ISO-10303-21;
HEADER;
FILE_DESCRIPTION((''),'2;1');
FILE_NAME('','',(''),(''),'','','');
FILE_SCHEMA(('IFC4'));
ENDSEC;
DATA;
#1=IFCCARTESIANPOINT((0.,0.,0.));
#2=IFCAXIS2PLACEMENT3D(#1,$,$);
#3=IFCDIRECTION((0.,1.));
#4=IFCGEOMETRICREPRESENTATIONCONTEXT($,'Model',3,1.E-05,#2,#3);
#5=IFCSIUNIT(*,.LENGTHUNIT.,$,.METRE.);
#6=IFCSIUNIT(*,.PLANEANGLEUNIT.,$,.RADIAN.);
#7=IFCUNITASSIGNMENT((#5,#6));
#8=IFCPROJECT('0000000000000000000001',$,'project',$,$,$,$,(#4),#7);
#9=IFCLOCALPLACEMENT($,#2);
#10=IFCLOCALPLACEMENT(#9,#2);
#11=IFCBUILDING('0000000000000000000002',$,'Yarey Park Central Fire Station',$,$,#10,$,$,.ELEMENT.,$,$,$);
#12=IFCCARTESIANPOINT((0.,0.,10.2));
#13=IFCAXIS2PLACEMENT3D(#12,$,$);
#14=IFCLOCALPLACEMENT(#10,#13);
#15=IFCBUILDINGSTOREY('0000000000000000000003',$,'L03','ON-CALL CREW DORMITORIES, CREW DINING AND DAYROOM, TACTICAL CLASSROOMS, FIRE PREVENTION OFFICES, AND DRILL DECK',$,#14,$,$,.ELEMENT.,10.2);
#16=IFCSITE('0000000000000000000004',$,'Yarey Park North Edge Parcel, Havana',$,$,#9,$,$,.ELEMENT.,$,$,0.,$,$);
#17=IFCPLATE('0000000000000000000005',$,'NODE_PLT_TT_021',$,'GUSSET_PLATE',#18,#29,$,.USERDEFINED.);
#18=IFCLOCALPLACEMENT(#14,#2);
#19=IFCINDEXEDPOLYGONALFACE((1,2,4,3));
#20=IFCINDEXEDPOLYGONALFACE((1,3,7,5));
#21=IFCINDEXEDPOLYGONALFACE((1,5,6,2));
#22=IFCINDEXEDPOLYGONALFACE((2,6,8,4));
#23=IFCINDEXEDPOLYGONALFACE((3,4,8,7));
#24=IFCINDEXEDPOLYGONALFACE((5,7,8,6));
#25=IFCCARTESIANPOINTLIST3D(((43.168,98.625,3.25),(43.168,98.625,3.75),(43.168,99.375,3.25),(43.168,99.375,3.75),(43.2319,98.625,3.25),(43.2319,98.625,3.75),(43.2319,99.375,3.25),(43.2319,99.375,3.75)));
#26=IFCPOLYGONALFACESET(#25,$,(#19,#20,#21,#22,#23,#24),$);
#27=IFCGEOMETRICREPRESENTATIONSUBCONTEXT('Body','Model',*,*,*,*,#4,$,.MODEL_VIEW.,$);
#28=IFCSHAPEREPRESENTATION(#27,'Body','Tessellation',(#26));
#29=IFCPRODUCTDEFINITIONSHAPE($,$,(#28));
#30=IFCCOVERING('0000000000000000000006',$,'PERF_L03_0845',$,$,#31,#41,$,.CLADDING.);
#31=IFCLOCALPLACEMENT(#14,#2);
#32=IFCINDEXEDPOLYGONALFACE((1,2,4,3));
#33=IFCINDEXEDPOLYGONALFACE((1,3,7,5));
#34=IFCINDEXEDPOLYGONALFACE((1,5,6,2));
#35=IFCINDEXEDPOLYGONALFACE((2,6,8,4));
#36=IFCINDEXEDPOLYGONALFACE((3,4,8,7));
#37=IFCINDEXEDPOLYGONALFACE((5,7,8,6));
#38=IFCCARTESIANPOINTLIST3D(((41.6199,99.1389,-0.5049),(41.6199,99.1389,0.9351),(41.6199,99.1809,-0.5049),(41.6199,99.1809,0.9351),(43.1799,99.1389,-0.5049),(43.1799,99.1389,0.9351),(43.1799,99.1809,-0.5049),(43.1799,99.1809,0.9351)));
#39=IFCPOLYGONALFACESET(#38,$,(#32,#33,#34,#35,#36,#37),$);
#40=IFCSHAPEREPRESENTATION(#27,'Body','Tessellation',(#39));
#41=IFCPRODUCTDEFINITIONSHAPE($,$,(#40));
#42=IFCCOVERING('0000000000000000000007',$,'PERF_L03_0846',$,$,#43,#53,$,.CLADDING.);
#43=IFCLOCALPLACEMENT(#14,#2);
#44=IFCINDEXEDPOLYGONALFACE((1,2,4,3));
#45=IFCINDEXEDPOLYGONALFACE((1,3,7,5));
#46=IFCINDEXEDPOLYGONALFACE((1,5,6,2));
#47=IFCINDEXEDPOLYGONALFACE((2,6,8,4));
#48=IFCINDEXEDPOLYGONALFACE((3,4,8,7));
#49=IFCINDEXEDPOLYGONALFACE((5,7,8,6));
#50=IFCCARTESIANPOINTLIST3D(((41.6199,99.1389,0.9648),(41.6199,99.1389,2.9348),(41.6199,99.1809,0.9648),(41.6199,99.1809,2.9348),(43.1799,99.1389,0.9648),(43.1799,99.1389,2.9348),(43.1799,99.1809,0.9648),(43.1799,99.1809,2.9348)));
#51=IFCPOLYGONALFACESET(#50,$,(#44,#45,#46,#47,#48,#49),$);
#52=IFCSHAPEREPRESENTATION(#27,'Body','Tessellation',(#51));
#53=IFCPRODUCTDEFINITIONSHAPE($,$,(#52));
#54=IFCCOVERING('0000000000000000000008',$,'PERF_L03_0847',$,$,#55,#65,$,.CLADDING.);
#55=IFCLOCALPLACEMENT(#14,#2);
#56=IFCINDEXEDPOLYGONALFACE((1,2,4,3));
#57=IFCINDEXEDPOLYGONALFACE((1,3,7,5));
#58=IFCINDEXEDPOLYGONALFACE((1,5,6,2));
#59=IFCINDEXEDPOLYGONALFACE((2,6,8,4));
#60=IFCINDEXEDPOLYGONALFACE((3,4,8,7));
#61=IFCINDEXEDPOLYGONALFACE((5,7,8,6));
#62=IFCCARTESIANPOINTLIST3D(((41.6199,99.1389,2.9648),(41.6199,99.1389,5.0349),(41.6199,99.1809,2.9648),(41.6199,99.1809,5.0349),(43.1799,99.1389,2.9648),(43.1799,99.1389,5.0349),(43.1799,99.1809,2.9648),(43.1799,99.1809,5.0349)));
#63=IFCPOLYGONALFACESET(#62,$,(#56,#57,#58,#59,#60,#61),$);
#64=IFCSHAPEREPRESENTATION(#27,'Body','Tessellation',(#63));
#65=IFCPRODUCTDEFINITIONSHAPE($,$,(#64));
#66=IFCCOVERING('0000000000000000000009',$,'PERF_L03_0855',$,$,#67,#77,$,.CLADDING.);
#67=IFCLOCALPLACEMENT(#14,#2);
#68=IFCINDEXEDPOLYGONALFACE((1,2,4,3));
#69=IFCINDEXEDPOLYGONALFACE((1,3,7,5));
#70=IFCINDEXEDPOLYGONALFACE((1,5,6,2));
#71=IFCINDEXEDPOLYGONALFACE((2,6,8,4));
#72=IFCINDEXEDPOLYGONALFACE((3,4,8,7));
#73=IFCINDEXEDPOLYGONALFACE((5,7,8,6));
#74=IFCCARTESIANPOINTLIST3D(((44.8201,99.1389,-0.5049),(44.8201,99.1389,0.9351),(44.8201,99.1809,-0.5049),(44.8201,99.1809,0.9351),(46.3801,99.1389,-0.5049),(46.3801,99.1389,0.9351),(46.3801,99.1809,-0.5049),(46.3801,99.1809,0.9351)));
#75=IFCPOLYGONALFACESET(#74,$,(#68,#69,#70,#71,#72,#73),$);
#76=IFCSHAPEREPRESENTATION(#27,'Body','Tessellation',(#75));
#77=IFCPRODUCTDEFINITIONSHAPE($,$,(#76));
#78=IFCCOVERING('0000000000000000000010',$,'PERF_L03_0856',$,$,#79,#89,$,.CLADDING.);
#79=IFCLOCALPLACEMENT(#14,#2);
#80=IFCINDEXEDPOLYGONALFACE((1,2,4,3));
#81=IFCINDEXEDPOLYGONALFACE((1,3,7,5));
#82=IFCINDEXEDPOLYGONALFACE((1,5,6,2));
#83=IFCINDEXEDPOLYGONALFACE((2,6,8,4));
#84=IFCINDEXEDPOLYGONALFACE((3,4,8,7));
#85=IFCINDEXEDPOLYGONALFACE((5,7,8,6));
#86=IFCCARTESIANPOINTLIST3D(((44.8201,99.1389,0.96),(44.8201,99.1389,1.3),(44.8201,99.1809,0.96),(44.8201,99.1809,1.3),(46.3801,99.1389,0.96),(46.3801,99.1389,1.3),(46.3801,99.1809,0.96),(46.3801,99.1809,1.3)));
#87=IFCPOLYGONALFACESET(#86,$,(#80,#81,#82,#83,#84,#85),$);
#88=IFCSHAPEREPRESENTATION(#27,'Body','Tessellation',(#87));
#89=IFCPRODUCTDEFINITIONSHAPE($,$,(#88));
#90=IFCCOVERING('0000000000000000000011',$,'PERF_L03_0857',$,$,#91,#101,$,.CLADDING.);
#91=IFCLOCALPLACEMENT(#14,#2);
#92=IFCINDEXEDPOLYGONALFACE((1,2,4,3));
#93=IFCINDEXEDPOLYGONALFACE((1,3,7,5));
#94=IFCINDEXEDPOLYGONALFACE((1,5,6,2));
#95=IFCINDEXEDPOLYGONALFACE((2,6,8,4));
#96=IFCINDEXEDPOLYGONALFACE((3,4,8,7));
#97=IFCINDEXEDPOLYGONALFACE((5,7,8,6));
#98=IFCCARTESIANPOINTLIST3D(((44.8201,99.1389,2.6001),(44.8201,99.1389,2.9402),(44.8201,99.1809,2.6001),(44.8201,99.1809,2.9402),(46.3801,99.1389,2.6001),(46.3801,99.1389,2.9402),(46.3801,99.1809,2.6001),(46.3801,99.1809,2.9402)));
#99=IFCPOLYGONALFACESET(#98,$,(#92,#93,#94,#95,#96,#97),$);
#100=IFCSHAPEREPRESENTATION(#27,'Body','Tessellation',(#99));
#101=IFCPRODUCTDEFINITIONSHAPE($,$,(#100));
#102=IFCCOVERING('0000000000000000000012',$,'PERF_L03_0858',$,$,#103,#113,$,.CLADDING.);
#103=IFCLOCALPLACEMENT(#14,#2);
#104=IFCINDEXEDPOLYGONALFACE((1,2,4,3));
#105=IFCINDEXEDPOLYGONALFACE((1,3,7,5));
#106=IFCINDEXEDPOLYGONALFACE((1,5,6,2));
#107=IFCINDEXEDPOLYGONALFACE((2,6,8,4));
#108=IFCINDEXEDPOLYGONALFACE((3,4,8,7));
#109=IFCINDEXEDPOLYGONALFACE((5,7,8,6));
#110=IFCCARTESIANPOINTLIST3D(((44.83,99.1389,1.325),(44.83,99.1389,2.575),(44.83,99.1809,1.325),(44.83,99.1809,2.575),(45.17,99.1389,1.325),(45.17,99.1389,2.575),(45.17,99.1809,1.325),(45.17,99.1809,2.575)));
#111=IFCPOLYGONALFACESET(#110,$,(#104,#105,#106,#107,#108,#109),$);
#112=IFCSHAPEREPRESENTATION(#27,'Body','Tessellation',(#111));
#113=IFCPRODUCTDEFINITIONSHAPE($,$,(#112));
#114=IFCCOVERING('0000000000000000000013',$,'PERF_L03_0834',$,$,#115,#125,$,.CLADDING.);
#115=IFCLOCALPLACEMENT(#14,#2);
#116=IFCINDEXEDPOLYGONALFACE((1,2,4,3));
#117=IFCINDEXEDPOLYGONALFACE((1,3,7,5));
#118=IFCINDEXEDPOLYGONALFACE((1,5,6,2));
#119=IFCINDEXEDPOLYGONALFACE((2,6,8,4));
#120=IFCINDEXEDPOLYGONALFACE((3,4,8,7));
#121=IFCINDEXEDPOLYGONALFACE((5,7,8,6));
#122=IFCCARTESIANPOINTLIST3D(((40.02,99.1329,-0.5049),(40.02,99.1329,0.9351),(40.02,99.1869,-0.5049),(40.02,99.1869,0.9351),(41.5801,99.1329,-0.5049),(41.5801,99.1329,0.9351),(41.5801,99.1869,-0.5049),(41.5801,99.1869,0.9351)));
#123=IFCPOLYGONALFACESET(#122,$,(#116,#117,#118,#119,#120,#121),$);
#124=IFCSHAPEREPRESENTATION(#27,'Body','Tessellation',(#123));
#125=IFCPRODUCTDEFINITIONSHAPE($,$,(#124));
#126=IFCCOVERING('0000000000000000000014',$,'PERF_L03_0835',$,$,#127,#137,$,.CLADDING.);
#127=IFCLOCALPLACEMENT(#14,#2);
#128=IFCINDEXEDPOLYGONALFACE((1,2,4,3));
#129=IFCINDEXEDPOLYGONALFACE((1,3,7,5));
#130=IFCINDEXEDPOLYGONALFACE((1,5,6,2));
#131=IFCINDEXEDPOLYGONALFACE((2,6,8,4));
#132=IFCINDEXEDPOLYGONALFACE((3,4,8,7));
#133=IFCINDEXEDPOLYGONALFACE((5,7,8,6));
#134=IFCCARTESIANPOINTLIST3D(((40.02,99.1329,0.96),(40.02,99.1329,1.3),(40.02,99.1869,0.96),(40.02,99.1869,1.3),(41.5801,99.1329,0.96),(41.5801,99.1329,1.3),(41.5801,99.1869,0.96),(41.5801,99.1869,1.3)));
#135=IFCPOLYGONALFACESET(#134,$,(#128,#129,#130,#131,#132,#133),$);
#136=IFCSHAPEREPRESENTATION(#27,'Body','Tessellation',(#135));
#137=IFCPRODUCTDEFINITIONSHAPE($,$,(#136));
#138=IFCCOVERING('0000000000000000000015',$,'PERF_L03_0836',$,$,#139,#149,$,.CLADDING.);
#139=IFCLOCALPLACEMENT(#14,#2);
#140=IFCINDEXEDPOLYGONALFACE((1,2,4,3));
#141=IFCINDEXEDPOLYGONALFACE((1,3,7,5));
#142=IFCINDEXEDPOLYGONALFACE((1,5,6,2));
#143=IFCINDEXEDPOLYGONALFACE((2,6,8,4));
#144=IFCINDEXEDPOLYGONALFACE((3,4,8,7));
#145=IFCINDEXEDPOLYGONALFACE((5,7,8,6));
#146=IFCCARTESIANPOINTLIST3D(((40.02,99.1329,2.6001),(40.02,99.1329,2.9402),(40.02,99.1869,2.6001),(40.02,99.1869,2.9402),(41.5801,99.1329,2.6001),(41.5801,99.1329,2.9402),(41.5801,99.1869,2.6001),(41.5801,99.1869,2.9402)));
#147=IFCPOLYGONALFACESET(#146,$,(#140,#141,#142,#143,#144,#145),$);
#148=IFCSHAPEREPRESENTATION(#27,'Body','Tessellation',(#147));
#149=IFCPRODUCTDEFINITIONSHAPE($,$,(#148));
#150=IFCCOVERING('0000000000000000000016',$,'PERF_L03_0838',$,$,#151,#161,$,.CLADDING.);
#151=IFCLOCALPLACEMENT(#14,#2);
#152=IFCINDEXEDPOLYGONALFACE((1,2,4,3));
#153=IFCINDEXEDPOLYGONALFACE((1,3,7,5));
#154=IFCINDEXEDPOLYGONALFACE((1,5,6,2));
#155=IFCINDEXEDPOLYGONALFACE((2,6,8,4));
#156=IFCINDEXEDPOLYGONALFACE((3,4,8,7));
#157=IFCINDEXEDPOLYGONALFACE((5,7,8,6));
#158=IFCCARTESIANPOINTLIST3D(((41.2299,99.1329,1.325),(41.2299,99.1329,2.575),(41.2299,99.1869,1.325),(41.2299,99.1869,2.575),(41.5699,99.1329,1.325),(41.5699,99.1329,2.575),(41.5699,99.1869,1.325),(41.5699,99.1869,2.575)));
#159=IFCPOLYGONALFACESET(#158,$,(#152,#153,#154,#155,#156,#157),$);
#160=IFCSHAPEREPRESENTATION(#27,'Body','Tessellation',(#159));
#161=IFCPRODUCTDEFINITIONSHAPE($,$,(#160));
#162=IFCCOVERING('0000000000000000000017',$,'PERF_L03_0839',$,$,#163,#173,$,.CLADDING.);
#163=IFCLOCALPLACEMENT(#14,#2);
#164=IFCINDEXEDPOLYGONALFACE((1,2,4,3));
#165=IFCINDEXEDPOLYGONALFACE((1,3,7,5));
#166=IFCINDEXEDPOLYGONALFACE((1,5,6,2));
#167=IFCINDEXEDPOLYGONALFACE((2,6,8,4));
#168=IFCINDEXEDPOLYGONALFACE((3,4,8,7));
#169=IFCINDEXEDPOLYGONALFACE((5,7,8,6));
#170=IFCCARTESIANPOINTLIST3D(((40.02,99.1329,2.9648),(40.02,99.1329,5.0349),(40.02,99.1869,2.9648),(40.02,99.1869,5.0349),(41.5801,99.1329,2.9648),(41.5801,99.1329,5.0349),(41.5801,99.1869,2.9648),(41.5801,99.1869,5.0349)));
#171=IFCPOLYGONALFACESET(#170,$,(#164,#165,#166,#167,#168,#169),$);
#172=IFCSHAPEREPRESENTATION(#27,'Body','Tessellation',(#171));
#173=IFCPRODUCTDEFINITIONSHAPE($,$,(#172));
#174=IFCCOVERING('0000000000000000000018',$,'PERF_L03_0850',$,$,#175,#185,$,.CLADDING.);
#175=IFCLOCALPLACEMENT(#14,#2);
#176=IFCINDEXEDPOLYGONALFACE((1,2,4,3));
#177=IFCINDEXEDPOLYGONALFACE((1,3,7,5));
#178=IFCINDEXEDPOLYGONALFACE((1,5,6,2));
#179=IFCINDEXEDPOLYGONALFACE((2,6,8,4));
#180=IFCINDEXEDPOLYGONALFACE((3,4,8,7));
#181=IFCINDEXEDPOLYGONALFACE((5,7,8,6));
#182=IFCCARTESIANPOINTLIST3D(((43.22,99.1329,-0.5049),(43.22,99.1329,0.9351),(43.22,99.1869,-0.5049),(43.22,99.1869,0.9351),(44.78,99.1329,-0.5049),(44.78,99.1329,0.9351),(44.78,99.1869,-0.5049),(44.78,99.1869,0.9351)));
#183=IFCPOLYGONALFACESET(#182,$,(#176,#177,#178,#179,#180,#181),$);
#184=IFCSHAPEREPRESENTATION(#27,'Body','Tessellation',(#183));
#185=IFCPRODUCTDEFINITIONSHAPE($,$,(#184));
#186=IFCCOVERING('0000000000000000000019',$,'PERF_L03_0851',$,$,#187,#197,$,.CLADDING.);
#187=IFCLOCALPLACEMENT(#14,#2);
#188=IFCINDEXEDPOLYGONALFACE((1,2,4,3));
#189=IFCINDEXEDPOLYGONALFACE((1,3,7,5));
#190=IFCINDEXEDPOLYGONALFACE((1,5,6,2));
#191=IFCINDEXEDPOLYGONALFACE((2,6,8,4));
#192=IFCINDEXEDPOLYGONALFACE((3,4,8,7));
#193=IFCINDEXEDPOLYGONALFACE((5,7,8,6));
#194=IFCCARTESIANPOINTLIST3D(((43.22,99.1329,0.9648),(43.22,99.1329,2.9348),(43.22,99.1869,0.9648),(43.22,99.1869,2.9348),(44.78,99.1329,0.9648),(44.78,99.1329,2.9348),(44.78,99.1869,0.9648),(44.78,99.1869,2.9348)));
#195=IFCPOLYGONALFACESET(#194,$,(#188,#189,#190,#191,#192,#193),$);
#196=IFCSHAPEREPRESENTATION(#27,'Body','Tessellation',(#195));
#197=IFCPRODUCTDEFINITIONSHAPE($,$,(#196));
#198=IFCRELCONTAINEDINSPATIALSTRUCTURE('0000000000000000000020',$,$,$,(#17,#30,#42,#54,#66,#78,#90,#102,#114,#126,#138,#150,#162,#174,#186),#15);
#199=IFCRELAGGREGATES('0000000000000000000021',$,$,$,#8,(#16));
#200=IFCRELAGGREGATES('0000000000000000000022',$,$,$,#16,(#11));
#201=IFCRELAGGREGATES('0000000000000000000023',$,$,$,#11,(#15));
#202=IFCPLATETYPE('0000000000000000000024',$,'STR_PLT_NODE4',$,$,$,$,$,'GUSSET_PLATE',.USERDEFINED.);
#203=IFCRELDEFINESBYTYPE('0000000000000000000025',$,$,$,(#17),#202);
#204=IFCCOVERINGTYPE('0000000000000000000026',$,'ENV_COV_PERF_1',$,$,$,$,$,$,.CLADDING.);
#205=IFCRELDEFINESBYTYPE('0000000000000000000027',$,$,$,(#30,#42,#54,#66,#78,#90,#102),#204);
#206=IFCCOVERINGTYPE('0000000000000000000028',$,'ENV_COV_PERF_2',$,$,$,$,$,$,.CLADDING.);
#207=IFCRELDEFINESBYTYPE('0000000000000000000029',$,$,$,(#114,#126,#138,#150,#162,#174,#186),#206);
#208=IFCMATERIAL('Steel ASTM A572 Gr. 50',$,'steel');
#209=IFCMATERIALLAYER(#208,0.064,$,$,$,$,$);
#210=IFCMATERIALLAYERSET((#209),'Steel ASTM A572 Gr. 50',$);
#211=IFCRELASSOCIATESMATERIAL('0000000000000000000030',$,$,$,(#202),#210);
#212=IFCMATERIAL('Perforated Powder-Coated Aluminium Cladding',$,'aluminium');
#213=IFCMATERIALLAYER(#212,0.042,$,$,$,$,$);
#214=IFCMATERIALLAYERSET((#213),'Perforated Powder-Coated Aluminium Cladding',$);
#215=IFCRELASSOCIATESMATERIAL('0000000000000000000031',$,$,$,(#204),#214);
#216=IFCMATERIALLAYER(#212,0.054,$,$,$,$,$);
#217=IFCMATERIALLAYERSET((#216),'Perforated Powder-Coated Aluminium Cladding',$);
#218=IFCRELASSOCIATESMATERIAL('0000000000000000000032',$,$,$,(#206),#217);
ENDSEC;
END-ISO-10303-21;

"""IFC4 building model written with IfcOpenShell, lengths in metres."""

from ifc_helpers import new_model, si_unit, direction, frame, origin, origin_2d, place, context, subcontext, project, spatial, rectangle, extrude, material, layer, layer_set, type_object, element, save


model = new_model("IFC4")

# Units and contexts
model_context = context("Model", 3, precision=1e-05, world=origin(), true_north=direction((0.0, 1.0)))
body_context = subcontext(model_context, "Body", "Model", "MODEL_VIEW")
ifc_project = project(units=[si_unit("LENGTHUNIT", "METRE"), si_unit("PLANEANGLEUNIT", "RADIAN")], contexts=[model_context])

# Site, building, storey
site_placement = place(None, origin())
site = spatial("IfcSite", under=ifc_project, at=site_placement, Name="Yarey Park North Edge Parcel, Havana", CompositionType="ELEMENT", RefElevation=0.0)
building_placement = place(site_placement, origin())
building = spatial("IfcBuilding", under=site, at=building_placement, Name="Yarey Park Central Fire Station", CompositionType="ELEMENT")
storey_placement = place(building_placement, frame((0.0, 0.0, 10.2)))
storey = spatial("IfcBuildingStorey", under=building, at=storey_placement, Name="L03", Description="ON-CALL CREW DORMITORIES, CREW DINING AND DAYROOM, TACTICAL CLASSROOMS, FIRE PREVENTION OFFICES, AND DRILL DECK", CompositionType="ELEMENT", Elevation=10.2)

# Plate
ifc_material_1 = material(Name="Steel ASTM A572 Gr. 50", Category="steel")
ifc_layer_1 = layer(ifc_material_1, 0.064)
ifc_layer_set_1 = layer_set([ifc_layer_1], Name="Steel ASTM A572 Gr. 50")
plate_type_1 = type_object("IfcPlateType", Name="STR_PLT_NODE4", ElementType="GUSSET_PLATE", PredefinedType="USERDEFINED", material=ifc_layer_set_1)
plate_1_placement = place(storey_placement, frame((43.2, 99.0, 3.25), z_axis=(0.0, 0.0, 1.0), x_axis=(1.0, 0.0, 0.0)))
element("IfcPlate", 1, at=plate_1_placement, inside=storey, type_object=plate_type_1, Name="NODE_PLT_TT_021", ObjectType="GUSSET_PLATE", PredefinedType="USERDEFINED", context=body_context, shape_type="SweptSolid", body=[
    extrude(rectangle(XDim=0.064, YDim=0.75, at=origin_2d()), origin(), (0.0, 0.0, 1.0), 0.5),
])

# Coverings
ifc_material_2 = material(Name="Perforated Powder-Coated Aluminium Cladding", Category="aluminium")
ifc_layer_2 = layer(ifc_material_2, 0.042)
ifc_layer_set_2 = layer_set([ifc_layer_2], Name="Perforated Powder-Coated Aluminium Cladding")
covering_type_1 = type_object("IfcCoveringType", Name="ENV_COV_PERF_1", PredefinedType="CLADDING", material=ifc_layer_set_2)
covering_1_placement = place(storey_placement, frame((42.3999, 99.1599, -0.5049), z_axis=(0.0, 0.0, 1.0), x_axis=(1.0, 0.0, 0.0)))
element("IfcCovering", 2, at=covering_1_placement, inside=storey, type_object=covering_type_1, Name="PERF_L03_0845", PredefinedType="CLADDING", context=body_context, shape_type="SweptSolid", body=[
    extrude(rectangle(XDim=1.5601, YDim=0.042, at=origin_2d()), origin(), (0.0, 0.0, 1.0), 1.4399),
])
covering_2_placement = place(storey_placement, frame((42.3999, 99.1599, 0.9648), z_axis=(0.0, 0.0, 1.0), x_axis=(1.0, 0.0, 0.0)))
element("IfcCovering", 3, at=covering_2_placement, inside=storey, type_object=covering_type_1, Name="PERF_L03_0846", PredefinedType="CLADDING", context=body_context, shape_type="SweptSolid", body=[
    extrude(rectangle(XDim=1.5601, YDim=0.042, at=origin_2d()), origin(), (0.0, 0.0, 1.0), 1.97),
])
covering_3_placement = place(storey_placement, frame((42.3999, 99.1599, 2.9648), z_axis=(0.0, 0.0, 1.0), x_axis=(1.0, 0.0, 0.0)))
element("IfcCovering", 4, at=covering_3_placement, inside=storey, type_object=covering_type_1, Name="PERF_L03_0847", PredefinedType="CLADDING", context=body_context, shape_type="SweptSolid", body=[
    extrude(rectangle(XDim=1.5601, YDim=0.042, at=origin_2d()), origin(), (0.0, 0.0, 1.0), 2.0701),
])
covering_4_placement = place(storey_placement, frame((45.6001, 99.1599, -0.5049), z_axis=(0.0, 0.0, 1.0), x_axis=(1.0, 0.0, 0.0)))
element("IfcCovering", 5, at=covering_4_placement, inside=storey, type_object=covering_type_1, Name="PERF_L03_0855", PredefinedType="CLADDING", context=body_context, shape_type="SweptSolid", body=[
    extrude(rectangle(XDim=1.5601, YDim=0.042, at=origin_2d()), origin(), (0.0, 0.0, 1.0), 1.4399),
])
for number, where, z_axis, x_axis, name in (
    (6, (45.6001, 99.1599, 0.96), (0.0, 0.0, 1.0), (1.0, 0.0, 0.0), "PERF_L03_0856"),
    (7, (45.6001, 99.1599, 2.6001), (0.0, 0.0, 1.0), (1.0, 0.0, 0.0), "PERF_L03_0857"),
):
    element("IfcCovering", number, at=place(storey_placement, frame(where, z_axis=z_axis, x_axis=x_axis)), inside=storey, type_object=covering_type_1, Name=name, PredefinedType="CLADDING", context=body_context, shape_type="SweptSolid", body=[
        extrude(rectangle(XDim=1.5601, YDim=0.042, at=origin_2d()), origin(), (0.0, 0.0, 1.0), 0.3401),
    ])
covering_5_placement = place(storey_placement, frame((45.0, 99.1599, 1.325), z_axis=(0.0, 0.0, 1.0), x_axis=(1.0, 0.0, 0.0)))
element("IfcCovering", 8, at=covering_5_placement, inside=storey, type_object=covering_type_1, Name="PERF_L03_0858", PredefinedType="CLADDING", context=body_context, shape_type="SweptSolid", body=[
    extrude(rectangle(XDim=0.3401, YDim=0.042, at=origin_2d()), origin(), (0.0, 0.0, 1.0), 1.25),
])
ifc_layer_3 = layer(ifc_material_2, 0.054)
ifc_layer_set_3 = layer_set([ifc_layer_3], Name="Perforated Powder-Coated Aluminium Cladding")
covering_type_2 = type_object("IfcCoveringType", Name="ENV_COV_PERF_2", PredefinedType="CLADDING", material=ifc_layer_set_3)
covering_6_placement = place(storey_placement, frame((40.8, 99.1599, -0.5049), z_axis=(0.0, 0.0, 1.0), x_axis=(1.0, 0.0, 0.0)))
element("IfcCovering", 9, at=covering_6_placement, inside=storey, type_object=covering_type_2, Name="PERF_L03_0834", PredefinedType="CLADDING", context=body_context, shape_type="SweptSolid", body=[
    extrude(rectangle(XDim=1.5601, YDim=0.054, at=origin_2d()), origin(), (0.0, 0.0, 1.0), 1.4399),
])
for number, where, z_axis, x_axis, name in (
    (10, (40.8, 99.1599, 0.96), (0.0, 0.0, 1.0), (1.0, 0.0, 0.0), "PERF_L03_0835"),
    (11, (40.8, 99.1599, 2.6001), (0.0, 0.0, 1.0), (1.0, 0.0, 0.0), "PERF_L03_0836"),
):
    element("IfcCovering", number, at=place(storey_placement, frame(where, z_axis=z_axis, x_axis=x_axis)), inside=storey, type_object=covering_type_2, Name=name, PredefinedType="CLADDING", context=body_context, shape_type="SweptSolid", body=[
        extrude(rectangle(XDim=1.5601, YDim=0.054, at=origin_2d()), origin(), (0.0, 0.0, 1.0), 0.3401),
    ])
covering_7_placement = place(storey_placement, frame((41.3999, 99.1599, 1.325), z_axis=(0.0, 0.0, 1.0), x_axis=(1.0, 0.0, 0.0)))
element("IfcCovering", 12, at=covering_7_placement, inside=storey, type_object=covering_type_2, Name="PERF_L03_0838", PredefinedType="CLADDING", context=body_context, shape_type="SweptSolid", body=[
    extrude(rectangle(XDim=0.3401, YDim=0.054, at=origin_2d()), origin(), (0.0, 0.0, 1.0), 1.25),
])
covering_8_placement = place(storey_placement, frame((40.8, 99.1599, 2.9648), z_axis=(0.0, 0.0, 1.0), x_axis=(1.0, 0.0, 0.0)))
element("IfcCovering", 13, at=covering_8_placement, inside=storey, type_object=covering_type_2, Name="PERF_L03_0839", PredefinedType="CLADDING", context=body_context, shape_type="SweptSolid", body=[
    extrude(rectangle(XDim=1.5601, YDim=0.054, at=origin_2d()), origin(), (0.0, 0.0, 1.0), 2.0701),
])
covering_9_placement = place(storey_placement, frame((44.0, 99.1599, -0.5049), z_axis=(0.0, 0.0, 1.0), x_axis=(1.0, 0.0, 0.0)))
element("IfcCovering", 14, at=covering_9_placement, inside=storey, type_object=covering_type_2, Name="PERF_L03_0850", PredefinedType="CLADDING", context=body_context, shape_type="SweptSolid", body=[
    extrude(rectangle(XDim=1.5601, YDim=0.054, at=origin_2d()), origin(), (0.0, 0.0, 1.0), 1.4399),
])
covering_10_placement = place(storey_placement, frame((44.0, 99.1599, 0.9648), z_axis=(0.0, 0.0, 1.0), x_axis=(1.0, 0.0, 0.0)))
element("IfcCovering", 15, at=covering_10_placement, inside=storey, type_object=covering_type_2, Name="PERF_L03_0851", PredefinedType="CLADDING", context=body_context, shape_type="SweptSolid", body=[
    extrude(rectangle(XDim=1.5601, YDim=0.054, at=origin_2d()), origin(), (0.0, 0.0, 1.0), 1.97),
])

save(model, "model.ifc")
